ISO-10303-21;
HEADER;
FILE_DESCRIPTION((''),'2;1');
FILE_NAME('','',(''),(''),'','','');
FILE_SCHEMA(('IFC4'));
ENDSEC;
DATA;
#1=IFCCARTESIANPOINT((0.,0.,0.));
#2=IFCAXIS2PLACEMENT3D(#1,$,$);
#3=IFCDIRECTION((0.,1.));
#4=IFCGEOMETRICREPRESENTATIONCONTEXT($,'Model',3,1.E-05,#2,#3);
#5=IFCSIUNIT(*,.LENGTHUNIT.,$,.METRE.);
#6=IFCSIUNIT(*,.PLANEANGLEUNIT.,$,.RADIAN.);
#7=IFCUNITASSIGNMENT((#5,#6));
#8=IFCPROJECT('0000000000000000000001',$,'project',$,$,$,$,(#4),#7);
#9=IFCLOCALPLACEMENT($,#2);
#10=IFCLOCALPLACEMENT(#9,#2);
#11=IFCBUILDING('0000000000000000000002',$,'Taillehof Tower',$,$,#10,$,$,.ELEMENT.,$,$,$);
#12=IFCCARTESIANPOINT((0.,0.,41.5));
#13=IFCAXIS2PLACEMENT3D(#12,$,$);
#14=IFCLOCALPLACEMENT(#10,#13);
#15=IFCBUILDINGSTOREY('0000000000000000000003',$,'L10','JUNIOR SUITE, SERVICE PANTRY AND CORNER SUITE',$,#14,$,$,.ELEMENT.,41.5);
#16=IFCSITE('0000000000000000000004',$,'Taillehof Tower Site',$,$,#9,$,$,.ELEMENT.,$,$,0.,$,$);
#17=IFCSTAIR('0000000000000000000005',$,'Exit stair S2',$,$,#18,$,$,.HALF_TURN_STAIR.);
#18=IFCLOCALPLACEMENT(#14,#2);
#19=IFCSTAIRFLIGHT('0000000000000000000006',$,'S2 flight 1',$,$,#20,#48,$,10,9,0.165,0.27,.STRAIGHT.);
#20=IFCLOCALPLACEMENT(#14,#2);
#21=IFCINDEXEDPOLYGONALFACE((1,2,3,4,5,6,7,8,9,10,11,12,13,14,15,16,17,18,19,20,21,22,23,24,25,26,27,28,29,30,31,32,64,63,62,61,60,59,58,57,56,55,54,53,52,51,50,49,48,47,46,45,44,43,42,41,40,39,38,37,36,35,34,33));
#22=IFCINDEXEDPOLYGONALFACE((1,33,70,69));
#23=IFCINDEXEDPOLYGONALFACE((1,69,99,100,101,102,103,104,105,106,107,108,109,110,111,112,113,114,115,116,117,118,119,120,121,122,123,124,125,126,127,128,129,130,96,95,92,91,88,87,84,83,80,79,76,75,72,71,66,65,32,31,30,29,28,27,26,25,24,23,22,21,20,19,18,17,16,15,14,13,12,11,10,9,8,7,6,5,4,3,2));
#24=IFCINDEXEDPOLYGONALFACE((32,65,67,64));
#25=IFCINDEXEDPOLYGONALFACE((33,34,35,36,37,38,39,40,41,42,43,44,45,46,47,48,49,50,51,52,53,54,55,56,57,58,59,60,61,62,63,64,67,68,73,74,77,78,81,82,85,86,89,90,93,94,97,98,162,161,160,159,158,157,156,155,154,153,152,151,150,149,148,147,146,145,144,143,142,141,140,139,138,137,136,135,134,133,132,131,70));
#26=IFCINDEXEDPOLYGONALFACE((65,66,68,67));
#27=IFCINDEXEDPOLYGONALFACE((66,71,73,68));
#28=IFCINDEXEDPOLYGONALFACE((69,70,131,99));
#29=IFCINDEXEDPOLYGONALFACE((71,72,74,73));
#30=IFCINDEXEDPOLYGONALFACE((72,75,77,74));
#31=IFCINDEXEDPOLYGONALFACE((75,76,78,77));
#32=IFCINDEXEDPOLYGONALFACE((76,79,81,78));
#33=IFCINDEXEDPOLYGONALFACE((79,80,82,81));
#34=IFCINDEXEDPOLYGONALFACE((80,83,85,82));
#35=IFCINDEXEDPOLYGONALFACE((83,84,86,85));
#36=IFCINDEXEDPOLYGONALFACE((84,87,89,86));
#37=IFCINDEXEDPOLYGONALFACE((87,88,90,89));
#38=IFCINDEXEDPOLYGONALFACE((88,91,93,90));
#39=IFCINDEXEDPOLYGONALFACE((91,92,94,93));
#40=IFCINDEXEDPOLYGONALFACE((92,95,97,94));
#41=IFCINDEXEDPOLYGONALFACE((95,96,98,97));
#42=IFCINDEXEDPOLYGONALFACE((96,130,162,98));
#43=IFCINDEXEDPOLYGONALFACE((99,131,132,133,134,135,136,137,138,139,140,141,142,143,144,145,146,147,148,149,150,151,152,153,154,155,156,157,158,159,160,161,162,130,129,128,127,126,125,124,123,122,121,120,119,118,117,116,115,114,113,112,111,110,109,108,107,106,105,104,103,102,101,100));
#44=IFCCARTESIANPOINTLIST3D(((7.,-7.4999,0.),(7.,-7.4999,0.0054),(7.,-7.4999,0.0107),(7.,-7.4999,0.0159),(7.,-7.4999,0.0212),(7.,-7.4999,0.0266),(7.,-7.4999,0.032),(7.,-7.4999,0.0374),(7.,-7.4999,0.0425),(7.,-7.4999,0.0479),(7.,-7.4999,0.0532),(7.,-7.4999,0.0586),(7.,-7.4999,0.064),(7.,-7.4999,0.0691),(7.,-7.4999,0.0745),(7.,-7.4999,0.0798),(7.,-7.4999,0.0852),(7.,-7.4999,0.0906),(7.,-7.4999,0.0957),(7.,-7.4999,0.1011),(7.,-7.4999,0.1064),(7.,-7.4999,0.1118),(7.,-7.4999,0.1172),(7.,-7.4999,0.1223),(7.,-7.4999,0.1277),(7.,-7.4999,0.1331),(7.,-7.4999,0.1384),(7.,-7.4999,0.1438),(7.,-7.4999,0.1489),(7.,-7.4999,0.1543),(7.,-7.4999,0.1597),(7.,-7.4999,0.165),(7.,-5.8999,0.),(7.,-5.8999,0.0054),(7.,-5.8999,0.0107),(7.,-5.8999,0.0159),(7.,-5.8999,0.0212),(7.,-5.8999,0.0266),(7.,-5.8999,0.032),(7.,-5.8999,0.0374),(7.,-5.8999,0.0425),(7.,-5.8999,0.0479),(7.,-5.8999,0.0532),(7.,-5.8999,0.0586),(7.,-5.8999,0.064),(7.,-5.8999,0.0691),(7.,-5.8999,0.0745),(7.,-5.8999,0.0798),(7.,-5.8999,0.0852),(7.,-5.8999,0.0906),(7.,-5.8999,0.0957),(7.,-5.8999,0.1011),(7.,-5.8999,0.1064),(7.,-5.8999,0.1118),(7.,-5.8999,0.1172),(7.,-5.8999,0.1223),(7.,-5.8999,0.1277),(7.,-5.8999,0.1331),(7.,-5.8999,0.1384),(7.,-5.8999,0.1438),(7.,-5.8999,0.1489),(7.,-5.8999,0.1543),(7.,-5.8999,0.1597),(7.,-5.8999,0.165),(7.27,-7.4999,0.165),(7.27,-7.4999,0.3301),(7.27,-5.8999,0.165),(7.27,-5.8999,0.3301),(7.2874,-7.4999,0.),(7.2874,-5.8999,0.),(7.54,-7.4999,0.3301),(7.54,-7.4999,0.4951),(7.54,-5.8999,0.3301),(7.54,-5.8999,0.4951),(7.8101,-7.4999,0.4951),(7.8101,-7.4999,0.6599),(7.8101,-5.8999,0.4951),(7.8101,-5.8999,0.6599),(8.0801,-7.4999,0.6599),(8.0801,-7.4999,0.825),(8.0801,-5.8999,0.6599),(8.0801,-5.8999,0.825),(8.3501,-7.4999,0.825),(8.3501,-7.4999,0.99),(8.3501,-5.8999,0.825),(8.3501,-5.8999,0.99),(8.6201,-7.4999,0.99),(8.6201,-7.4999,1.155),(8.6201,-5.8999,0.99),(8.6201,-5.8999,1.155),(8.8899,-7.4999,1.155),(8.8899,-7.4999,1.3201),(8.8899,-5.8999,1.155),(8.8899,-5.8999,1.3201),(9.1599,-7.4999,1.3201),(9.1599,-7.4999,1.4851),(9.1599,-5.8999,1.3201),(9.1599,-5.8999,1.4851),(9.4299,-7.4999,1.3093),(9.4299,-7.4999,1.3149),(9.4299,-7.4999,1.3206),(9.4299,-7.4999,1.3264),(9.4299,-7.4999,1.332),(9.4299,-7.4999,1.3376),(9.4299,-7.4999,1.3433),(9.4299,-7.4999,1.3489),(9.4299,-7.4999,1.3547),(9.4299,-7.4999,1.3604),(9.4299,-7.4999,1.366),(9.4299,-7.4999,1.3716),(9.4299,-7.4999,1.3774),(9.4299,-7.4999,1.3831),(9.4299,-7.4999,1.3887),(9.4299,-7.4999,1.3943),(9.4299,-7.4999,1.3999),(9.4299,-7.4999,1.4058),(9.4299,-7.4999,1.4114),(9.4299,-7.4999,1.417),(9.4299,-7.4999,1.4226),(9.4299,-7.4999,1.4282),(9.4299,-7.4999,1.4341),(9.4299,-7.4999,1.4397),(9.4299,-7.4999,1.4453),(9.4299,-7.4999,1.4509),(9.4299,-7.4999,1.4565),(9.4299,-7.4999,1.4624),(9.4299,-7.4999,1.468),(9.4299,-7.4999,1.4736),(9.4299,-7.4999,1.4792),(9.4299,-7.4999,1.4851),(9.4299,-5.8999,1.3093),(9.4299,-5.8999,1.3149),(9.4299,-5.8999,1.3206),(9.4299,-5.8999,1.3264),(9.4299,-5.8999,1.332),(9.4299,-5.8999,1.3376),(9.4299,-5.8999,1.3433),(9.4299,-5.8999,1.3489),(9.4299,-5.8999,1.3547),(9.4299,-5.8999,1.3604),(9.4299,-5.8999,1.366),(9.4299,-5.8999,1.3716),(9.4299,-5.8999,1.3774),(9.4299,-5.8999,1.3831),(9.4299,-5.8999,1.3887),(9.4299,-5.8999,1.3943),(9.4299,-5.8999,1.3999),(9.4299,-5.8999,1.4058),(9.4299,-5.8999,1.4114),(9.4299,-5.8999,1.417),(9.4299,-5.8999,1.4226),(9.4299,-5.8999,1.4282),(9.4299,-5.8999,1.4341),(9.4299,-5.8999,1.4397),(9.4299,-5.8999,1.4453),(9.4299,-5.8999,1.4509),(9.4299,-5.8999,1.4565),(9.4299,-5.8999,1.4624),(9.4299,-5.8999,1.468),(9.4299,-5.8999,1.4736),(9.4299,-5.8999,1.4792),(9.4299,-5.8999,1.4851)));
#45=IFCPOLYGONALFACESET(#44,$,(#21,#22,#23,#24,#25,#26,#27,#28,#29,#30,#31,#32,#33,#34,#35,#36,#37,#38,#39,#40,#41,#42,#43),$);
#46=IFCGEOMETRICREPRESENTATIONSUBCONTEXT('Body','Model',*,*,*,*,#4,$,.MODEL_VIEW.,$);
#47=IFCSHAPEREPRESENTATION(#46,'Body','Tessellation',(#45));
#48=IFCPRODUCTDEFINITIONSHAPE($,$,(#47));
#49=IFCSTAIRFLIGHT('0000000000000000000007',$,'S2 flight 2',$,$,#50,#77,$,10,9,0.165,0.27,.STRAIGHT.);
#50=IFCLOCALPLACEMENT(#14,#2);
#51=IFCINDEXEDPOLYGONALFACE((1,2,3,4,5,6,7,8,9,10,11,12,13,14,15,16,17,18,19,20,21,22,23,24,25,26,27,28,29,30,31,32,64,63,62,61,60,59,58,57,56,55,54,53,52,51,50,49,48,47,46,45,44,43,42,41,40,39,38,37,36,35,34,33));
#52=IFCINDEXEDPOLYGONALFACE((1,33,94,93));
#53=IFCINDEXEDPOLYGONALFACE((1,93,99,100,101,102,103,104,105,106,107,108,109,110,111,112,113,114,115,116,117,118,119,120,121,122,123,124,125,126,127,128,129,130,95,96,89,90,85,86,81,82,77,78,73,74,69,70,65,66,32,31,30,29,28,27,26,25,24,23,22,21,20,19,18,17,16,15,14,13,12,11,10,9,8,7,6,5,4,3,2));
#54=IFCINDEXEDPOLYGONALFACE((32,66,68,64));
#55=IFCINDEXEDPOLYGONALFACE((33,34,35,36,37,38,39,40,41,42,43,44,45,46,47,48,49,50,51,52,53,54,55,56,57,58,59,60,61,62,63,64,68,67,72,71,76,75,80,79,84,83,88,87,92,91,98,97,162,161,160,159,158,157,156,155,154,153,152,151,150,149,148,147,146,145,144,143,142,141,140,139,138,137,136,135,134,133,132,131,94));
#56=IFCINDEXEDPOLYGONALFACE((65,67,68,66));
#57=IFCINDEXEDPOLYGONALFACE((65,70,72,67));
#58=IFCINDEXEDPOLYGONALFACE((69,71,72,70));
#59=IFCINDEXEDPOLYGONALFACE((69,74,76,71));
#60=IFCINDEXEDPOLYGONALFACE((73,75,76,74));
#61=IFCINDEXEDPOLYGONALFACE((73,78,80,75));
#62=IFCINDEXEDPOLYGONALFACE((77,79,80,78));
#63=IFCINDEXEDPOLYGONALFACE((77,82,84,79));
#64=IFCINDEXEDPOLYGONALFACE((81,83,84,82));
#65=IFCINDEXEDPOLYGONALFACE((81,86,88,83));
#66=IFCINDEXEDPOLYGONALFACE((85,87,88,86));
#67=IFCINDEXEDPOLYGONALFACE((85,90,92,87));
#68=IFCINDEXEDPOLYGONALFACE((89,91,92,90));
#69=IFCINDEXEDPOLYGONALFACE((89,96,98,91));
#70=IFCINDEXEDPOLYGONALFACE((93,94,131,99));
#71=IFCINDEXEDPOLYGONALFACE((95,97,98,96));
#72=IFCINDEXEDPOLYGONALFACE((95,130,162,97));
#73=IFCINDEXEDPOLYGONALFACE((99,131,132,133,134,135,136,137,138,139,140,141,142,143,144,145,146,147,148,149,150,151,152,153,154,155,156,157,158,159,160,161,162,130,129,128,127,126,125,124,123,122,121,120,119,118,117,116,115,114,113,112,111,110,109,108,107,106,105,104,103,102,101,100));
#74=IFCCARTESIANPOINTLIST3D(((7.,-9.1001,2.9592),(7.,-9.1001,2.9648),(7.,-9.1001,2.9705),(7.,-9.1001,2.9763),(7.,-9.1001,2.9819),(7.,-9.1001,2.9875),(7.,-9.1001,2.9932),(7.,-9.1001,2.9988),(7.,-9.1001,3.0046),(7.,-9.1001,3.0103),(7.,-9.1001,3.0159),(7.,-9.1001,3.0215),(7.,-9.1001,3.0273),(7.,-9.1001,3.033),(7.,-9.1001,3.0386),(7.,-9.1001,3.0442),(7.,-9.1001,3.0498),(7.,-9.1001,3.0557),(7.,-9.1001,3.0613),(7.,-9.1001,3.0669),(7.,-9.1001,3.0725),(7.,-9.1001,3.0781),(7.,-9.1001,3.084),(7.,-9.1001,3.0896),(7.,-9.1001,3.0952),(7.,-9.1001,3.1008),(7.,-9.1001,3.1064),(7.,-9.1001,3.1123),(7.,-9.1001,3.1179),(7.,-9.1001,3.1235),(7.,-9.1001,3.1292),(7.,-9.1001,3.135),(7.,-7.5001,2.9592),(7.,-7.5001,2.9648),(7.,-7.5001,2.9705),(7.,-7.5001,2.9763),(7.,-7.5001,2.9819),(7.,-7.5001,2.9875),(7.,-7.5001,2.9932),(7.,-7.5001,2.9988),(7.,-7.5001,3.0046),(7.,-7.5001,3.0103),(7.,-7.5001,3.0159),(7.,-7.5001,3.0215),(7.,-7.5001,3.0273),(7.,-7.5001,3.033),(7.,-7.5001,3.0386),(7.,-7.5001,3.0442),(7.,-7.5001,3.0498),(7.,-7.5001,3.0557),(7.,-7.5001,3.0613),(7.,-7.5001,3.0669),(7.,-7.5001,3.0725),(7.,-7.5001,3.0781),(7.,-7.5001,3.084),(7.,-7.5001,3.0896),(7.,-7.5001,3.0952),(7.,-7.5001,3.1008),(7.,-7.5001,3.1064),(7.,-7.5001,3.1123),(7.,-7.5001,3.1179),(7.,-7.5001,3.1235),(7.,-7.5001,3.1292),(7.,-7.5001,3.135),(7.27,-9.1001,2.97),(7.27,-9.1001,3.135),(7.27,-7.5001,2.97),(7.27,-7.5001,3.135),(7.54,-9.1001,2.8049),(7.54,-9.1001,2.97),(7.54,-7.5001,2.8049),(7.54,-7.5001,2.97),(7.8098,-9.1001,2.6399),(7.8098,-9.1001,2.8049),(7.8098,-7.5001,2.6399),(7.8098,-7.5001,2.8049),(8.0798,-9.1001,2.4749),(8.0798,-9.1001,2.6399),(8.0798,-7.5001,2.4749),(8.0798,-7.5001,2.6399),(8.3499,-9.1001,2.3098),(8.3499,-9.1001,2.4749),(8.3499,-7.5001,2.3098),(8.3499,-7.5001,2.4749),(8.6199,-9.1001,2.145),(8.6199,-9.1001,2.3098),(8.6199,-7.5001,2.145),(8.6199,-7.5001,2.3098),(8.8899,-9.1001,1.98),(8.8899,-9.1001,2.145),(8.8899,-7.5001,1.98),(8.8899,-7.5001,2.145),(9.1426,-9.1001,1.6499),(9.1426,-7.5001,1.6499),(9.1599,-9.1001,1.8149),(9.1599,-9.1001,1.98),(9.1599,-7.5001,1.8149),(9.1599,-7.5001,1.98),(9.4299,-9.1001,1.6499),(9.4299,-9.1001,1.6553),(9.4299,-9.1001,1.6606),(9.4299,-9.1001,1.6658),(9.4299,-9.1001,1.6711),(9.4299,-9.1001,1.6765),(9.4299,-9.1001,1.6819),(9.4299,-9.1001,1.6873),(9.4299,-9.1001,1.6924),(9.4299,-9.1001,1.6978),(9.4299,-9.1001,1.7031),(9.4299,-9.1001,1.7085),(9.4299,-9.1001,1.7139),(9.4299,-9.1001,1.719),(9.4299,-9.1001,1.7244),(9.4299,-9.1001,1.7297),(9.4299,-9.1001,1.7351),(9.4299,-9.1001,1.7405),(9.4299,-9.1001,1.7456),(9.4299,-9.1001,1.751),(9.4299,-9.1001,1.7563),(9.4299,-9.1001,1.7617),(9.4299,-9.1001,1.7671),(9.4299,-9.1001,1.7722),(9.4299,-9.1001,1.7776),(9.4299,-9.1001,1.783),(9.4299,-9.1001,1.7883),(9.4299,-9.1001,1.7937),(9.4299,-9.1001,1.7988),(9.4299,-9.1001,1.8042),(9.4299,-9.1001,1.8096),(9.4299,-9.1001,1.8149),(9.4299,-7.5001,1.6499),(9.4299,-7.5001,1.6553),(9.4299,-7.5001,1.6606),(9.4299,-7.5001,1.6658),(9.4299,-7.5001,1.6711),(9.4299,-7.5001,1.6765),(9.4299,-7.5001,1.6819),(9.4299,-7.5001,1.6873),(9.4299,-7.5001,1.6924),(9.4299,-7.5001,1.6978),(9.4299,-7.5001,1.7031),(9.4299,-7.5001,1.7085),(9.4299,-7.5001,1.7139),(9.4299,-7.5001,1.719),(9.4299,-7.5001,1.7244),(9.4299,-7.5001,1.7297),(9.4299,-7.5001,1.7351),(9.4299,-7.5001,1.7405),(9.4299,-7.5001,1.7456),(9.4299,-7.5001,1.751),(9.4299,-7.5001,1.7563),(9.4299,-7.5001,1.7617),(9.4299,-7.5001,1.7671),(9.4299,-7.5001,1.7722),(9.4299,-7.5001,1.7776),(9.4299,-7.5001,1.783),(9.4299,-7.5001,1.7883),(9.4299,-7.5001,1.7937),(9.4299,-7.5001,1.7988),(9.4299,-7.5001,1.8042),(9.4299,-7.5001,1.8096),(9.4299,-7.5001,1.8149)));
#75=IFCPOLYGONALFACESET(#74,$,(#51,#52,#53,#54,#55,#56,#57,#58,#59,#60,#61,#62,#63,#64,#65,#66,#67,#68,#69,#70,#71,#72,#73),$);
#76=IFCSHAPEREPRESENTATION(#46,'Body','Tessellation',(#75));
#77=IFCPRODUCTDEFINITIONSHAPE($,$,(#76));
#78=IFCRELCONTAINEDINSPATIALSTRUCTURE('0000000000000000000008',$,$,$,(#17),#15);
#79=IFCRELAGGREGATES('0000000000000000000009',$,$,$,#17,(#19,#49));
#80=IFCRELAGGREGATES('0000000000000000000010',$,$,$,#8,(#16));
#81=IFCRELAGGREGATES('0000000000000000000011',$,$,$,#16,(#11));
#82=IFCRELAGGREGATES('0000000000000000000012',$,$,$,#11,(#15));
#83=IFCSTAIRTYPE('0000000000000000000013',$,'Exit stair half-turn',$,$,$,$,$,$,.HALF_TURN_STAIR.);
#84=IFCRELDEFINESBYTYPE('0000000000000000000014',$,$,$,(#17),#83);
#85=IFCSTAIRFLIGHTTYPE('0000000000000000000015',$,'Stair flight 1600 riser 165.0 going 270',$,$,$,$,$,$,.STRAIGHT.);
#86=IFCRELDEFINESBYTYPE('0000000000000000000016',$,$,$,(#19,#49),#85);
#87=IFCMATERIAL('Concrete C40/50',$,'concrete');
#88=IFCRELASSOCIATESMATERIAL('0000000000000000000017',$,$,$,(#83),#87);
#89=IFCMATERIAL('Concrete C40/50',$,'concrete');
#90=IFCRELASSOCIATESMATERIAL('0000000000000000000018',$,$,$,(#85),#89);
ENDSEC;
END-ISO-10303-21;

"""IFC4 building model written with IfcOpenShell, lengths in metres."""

from ifc_helpers import new_model, si_unit, direction, frame, origin, place, context, subcontext, project, spatial, polyline, outline, extrude, material, type_object, element, aggregate, save


model = new_model("IFC4")

# Units and contexts
model_context = context("Model", 3, precision=1e-05, world=origin(), true_north=direction((0.0, 1.0)))
body_context = subcontext(model_context, "Body", "Model", "MODEL_VIEW")
ifc_project = project(units=[si_unit("LENGTHUNIT", "METRE"), si_unit("PLANEANGLEUNIT", "RADIAN")], contexts=[model_context])

# Site, building, storey
site_placement = place(None, origin())
site = spatial("IfcSite", under=ifc_project, at=site_placement, Name="Taillehof Tower Site", CompositionType="ELEMENT", RefElevation=0.0)
building_placement = place(site_placement, origin())
building = spatial("IfcBuilding", under=site, at=building_placement, Name="Taillehof Tower", CompositionType="ELEMENT")
storey_placement = place(building_placement, frame((0.0, 0.0, 41.5)))
storey = spatial("IfcBuildingStorey", under=building, at=storey_placement, Name="L10", Description="JUNIOR SUITE, SERVICE PANTRY AND CORNER SUITE", CompositionType="ELEMENT", Elevation=41.5)

# Stair, stair flights
ifc_material_1 = material(Name="Concrete C40/50", Category="concrete")
stair_type = type_object("IfcStairType", Name="Exit stair half-turn", PredefinedType="HALF_TURN_STAIR", material=ifc_material_1)
stair_placement = place(storey_placement, origin())
stair = element("IfcStair", 1, at=stair_placement, inside=storey, type_object=stair_type, Name="Exit stair S2", PredefinedType="HALF_TURN_STAIR")
ifc_material_2 = material(Name="Concrete C40/50", Category="concrete")
stair_flight_type = type_object("IfcStairFlightType", Name="Stair flight 1600 riser 165.0 going 270", PredefinedType="STRAIGHT", material=ifc_material_2)
stair_flight_1_placement = place(storey_placement, frame((7.0, -6.7, 0.0), z_axis=(0.0, 0.0, 1.0), x_axis=(1.0, 0.0, 0.0)))
stair_flight_1 = element("IfcStairFlight", 2, at=stair_flight_1_placement, type_object=stair_flight_type, Name="S2 flight 1", NumberOfRisers=10, NumberOfTreads=9, PredefinedType="STRAIGHT", RiserHeight=0.165, TreadLength=0.27, context=body_context, shape_type="SweptSolid", body=[
    extrude(outline(polyline([(0.0, 0.0), (0.0, 0.0054), (0.0, 0.0107), (0.0, 0.0159), (0.0, 0.0212), (0.0, 0.0266), (0.0, 0.032), (0.0, 0.0374), (0.0, 0.0425), (0.0, 0.0479), (0.0, 0.0532), (0.0, 0.0586), (0.0, 0.064), (0.0, 0.0691), (0.0, 0.0745), (0.0, 0.0798), (0.0, 0.0852), (0.0, 0.0906), (0.0, 0.0957), (0.0, 0.1011), (0.0, 0.1064), (0.0, 0.1118), (0.0, 0.1172), (0.0, 0.1223), (0.0, 0.1277), (0.0, 0.1331), (0.0, 0.1384), (0.0, 0.1438), (0.0, 0.1489), (0.0, 0.1543), (0.0, 0.1597), (0.0, 0.165), (0.27, 0.165), (0.27, 0.3301), (0.54, 0.3301), (0.54, 0.4951), (0.8101, 0.4951), (0.8101, 0.6599), (1.0801, 0.6599), (1.0801, 0.825), (1.3501, 0.825), (1.3501, 0.99), (1.6201, 0.99), (1.6201, 1.155), (1.8899, 1.155), (1.8899, 1.3201), (2.1599, 1.3201), (2.1599, 1.4851), (2.4299, 1.4851), (2.4299, 1.4792), (2.4299, 1.4736), (2.4299, 1.468), (2.4299, 1.4624), (2.4299, 1.4565), (2.4299, 1.4509), (2.4299, 1.4453), (2.4299, 1.4397), (2.4299, 1.4341), (2.4299, 1.4282), (2.4299, 1.4226), (2.4299, 1.417), (2.4299, 1.4114), (2.4299, 1.4058), (2.4299, 1.3999), (2.4299, 1.3943), (2.4299, 1.3887), (2.4299, 1.3831), (2.4299, 1.3774), (2.4299, 1.3716), (2.4299, 1.366), (2.4299, 1.3604), (2.4299, 1.3547), (2.4299, 1.3489), (2.4299, 1.3433), (2.4299, 1.3376), (2.4299, 1.332), (2.4299, 1.3264), (2.4299, 1.3206), (2.4299, 1.3149), (2.4299, 1.3093), (0.2874, 0.0), (0.0, 0.0)])), frame((0.0, 0.8, 0.0), z_axis=(0.0, -1.0, 0.0), x_axis=(1.0, 0.0, 0.0)), (0.0, 0.0, 1.0), 1.6),
])
stair_flight_2_placement = place(storey_placement, frame((9.4299, -8.3, 1.6499), z_axis=(0.0, 0.0, 1.0), x_axis=(-1.0, 0.0, 0.0)))
stair_flight_2 = element("IfcStairFlight", 3, at=stair_flight_2_placement, type_object=stair_flight_type, Name="S2 flight 2", NumberOfRisers=10, NumberOfTreads=9, PredefinedType="STRAIGHT", RiserHeight=0.165, TreadLength=0.27, context=body_context, shape_type="SweptSolid", body=[
    extrude(outline(polyline([(0.0, 0.0), (0.0, 0.0054), (0.0, 0.0107), (0.0, 0.0159), (0.0, 0.0212), (0.0, 0.0266), (0.0, 0.032), (0.0, 0.0374), (0.0, 0.0425), (0.0, 0.0479), (0.0, 0.0532), (0.0, 0.0586), (0.0, 0.064), (0.0, 0.0691), (0.0, 0.0745), (0.0, 0.0798), (0.0, 0.0852), (0.0, 0.0906), (0.0, 0.0957), (0.0, 0.1011), (0.0, 0.1064), (0.0, 0.1118), (0.0, 0.1172), (0.0, 0.1223), (0.0, 0.1277), (0.0, 0.1331), (0.0, 0.1384), (0.0, 0.1438), (0.0, 0.1489), (0.0, 0.1543), (0.0, 0.1597), (0.0, 0.165), (0.27, 0.165), (0.27, 0.3301), (0.54, 0.3301), (0.54, 0.4951), (0.8101, 0.4951), (0.8101, 0.6599), (1.0801, 0.6599), (1.0801, 0.825), (1.3501, 0.825), (1.3501, 0.99), (1.6201, 0.99), (1.6201, 1.155), (1.8899, 1.155), (1.8899, 1.3201), (2.1599, 1.3201), (2.1599, 1.4851), (2.4299, 1.4851), (2.4299, 1.4792), (2.4299, 1.4736), (2.4299, 1.468), (2.4299, 1.4624), (2.4299, 1.4565), (2.4299, 1.4509), (2.4299, 1.4453), (2.4299, 1.4397), (2.4299, 1.4341), (2.4299, 1.4282), (2.4299, 1.4226), (2.4299, 1.417), (2.4299, 1.4114), (2.4299, 1.4058), (2.4299, 1.3999), (2.4299, 1.3943), (2.4299, 1.3887), (2.4299, 1.3831), (2.4299, 1.3774), (2.4299, 1.3716), (2.4299, 1.366), (2.4299, 1.3604), (2.4299, 1.3547), (2.4299, 1.3489), (2.4299, 1.3433), (2.4299, 1.3376), (2.4299, 1.332), (2.4299, 1.3264), (2.4299, 1.3206), (2.4299, 1.3149), (2.4299, 1.3093), (0.2874, 0.0), (0.0, 0.0)])), frame((0.0, 0.8, 0.0), z_axis=(0.0, -1.0, 0.0), x_axis=(1.0, 0.0, 0.0)), (0.0, 0.0, 1.0), 1.6),
])
aggregate(stair, [stair_flight_1, stair_flight_2])

save(model, "model.ifc")
